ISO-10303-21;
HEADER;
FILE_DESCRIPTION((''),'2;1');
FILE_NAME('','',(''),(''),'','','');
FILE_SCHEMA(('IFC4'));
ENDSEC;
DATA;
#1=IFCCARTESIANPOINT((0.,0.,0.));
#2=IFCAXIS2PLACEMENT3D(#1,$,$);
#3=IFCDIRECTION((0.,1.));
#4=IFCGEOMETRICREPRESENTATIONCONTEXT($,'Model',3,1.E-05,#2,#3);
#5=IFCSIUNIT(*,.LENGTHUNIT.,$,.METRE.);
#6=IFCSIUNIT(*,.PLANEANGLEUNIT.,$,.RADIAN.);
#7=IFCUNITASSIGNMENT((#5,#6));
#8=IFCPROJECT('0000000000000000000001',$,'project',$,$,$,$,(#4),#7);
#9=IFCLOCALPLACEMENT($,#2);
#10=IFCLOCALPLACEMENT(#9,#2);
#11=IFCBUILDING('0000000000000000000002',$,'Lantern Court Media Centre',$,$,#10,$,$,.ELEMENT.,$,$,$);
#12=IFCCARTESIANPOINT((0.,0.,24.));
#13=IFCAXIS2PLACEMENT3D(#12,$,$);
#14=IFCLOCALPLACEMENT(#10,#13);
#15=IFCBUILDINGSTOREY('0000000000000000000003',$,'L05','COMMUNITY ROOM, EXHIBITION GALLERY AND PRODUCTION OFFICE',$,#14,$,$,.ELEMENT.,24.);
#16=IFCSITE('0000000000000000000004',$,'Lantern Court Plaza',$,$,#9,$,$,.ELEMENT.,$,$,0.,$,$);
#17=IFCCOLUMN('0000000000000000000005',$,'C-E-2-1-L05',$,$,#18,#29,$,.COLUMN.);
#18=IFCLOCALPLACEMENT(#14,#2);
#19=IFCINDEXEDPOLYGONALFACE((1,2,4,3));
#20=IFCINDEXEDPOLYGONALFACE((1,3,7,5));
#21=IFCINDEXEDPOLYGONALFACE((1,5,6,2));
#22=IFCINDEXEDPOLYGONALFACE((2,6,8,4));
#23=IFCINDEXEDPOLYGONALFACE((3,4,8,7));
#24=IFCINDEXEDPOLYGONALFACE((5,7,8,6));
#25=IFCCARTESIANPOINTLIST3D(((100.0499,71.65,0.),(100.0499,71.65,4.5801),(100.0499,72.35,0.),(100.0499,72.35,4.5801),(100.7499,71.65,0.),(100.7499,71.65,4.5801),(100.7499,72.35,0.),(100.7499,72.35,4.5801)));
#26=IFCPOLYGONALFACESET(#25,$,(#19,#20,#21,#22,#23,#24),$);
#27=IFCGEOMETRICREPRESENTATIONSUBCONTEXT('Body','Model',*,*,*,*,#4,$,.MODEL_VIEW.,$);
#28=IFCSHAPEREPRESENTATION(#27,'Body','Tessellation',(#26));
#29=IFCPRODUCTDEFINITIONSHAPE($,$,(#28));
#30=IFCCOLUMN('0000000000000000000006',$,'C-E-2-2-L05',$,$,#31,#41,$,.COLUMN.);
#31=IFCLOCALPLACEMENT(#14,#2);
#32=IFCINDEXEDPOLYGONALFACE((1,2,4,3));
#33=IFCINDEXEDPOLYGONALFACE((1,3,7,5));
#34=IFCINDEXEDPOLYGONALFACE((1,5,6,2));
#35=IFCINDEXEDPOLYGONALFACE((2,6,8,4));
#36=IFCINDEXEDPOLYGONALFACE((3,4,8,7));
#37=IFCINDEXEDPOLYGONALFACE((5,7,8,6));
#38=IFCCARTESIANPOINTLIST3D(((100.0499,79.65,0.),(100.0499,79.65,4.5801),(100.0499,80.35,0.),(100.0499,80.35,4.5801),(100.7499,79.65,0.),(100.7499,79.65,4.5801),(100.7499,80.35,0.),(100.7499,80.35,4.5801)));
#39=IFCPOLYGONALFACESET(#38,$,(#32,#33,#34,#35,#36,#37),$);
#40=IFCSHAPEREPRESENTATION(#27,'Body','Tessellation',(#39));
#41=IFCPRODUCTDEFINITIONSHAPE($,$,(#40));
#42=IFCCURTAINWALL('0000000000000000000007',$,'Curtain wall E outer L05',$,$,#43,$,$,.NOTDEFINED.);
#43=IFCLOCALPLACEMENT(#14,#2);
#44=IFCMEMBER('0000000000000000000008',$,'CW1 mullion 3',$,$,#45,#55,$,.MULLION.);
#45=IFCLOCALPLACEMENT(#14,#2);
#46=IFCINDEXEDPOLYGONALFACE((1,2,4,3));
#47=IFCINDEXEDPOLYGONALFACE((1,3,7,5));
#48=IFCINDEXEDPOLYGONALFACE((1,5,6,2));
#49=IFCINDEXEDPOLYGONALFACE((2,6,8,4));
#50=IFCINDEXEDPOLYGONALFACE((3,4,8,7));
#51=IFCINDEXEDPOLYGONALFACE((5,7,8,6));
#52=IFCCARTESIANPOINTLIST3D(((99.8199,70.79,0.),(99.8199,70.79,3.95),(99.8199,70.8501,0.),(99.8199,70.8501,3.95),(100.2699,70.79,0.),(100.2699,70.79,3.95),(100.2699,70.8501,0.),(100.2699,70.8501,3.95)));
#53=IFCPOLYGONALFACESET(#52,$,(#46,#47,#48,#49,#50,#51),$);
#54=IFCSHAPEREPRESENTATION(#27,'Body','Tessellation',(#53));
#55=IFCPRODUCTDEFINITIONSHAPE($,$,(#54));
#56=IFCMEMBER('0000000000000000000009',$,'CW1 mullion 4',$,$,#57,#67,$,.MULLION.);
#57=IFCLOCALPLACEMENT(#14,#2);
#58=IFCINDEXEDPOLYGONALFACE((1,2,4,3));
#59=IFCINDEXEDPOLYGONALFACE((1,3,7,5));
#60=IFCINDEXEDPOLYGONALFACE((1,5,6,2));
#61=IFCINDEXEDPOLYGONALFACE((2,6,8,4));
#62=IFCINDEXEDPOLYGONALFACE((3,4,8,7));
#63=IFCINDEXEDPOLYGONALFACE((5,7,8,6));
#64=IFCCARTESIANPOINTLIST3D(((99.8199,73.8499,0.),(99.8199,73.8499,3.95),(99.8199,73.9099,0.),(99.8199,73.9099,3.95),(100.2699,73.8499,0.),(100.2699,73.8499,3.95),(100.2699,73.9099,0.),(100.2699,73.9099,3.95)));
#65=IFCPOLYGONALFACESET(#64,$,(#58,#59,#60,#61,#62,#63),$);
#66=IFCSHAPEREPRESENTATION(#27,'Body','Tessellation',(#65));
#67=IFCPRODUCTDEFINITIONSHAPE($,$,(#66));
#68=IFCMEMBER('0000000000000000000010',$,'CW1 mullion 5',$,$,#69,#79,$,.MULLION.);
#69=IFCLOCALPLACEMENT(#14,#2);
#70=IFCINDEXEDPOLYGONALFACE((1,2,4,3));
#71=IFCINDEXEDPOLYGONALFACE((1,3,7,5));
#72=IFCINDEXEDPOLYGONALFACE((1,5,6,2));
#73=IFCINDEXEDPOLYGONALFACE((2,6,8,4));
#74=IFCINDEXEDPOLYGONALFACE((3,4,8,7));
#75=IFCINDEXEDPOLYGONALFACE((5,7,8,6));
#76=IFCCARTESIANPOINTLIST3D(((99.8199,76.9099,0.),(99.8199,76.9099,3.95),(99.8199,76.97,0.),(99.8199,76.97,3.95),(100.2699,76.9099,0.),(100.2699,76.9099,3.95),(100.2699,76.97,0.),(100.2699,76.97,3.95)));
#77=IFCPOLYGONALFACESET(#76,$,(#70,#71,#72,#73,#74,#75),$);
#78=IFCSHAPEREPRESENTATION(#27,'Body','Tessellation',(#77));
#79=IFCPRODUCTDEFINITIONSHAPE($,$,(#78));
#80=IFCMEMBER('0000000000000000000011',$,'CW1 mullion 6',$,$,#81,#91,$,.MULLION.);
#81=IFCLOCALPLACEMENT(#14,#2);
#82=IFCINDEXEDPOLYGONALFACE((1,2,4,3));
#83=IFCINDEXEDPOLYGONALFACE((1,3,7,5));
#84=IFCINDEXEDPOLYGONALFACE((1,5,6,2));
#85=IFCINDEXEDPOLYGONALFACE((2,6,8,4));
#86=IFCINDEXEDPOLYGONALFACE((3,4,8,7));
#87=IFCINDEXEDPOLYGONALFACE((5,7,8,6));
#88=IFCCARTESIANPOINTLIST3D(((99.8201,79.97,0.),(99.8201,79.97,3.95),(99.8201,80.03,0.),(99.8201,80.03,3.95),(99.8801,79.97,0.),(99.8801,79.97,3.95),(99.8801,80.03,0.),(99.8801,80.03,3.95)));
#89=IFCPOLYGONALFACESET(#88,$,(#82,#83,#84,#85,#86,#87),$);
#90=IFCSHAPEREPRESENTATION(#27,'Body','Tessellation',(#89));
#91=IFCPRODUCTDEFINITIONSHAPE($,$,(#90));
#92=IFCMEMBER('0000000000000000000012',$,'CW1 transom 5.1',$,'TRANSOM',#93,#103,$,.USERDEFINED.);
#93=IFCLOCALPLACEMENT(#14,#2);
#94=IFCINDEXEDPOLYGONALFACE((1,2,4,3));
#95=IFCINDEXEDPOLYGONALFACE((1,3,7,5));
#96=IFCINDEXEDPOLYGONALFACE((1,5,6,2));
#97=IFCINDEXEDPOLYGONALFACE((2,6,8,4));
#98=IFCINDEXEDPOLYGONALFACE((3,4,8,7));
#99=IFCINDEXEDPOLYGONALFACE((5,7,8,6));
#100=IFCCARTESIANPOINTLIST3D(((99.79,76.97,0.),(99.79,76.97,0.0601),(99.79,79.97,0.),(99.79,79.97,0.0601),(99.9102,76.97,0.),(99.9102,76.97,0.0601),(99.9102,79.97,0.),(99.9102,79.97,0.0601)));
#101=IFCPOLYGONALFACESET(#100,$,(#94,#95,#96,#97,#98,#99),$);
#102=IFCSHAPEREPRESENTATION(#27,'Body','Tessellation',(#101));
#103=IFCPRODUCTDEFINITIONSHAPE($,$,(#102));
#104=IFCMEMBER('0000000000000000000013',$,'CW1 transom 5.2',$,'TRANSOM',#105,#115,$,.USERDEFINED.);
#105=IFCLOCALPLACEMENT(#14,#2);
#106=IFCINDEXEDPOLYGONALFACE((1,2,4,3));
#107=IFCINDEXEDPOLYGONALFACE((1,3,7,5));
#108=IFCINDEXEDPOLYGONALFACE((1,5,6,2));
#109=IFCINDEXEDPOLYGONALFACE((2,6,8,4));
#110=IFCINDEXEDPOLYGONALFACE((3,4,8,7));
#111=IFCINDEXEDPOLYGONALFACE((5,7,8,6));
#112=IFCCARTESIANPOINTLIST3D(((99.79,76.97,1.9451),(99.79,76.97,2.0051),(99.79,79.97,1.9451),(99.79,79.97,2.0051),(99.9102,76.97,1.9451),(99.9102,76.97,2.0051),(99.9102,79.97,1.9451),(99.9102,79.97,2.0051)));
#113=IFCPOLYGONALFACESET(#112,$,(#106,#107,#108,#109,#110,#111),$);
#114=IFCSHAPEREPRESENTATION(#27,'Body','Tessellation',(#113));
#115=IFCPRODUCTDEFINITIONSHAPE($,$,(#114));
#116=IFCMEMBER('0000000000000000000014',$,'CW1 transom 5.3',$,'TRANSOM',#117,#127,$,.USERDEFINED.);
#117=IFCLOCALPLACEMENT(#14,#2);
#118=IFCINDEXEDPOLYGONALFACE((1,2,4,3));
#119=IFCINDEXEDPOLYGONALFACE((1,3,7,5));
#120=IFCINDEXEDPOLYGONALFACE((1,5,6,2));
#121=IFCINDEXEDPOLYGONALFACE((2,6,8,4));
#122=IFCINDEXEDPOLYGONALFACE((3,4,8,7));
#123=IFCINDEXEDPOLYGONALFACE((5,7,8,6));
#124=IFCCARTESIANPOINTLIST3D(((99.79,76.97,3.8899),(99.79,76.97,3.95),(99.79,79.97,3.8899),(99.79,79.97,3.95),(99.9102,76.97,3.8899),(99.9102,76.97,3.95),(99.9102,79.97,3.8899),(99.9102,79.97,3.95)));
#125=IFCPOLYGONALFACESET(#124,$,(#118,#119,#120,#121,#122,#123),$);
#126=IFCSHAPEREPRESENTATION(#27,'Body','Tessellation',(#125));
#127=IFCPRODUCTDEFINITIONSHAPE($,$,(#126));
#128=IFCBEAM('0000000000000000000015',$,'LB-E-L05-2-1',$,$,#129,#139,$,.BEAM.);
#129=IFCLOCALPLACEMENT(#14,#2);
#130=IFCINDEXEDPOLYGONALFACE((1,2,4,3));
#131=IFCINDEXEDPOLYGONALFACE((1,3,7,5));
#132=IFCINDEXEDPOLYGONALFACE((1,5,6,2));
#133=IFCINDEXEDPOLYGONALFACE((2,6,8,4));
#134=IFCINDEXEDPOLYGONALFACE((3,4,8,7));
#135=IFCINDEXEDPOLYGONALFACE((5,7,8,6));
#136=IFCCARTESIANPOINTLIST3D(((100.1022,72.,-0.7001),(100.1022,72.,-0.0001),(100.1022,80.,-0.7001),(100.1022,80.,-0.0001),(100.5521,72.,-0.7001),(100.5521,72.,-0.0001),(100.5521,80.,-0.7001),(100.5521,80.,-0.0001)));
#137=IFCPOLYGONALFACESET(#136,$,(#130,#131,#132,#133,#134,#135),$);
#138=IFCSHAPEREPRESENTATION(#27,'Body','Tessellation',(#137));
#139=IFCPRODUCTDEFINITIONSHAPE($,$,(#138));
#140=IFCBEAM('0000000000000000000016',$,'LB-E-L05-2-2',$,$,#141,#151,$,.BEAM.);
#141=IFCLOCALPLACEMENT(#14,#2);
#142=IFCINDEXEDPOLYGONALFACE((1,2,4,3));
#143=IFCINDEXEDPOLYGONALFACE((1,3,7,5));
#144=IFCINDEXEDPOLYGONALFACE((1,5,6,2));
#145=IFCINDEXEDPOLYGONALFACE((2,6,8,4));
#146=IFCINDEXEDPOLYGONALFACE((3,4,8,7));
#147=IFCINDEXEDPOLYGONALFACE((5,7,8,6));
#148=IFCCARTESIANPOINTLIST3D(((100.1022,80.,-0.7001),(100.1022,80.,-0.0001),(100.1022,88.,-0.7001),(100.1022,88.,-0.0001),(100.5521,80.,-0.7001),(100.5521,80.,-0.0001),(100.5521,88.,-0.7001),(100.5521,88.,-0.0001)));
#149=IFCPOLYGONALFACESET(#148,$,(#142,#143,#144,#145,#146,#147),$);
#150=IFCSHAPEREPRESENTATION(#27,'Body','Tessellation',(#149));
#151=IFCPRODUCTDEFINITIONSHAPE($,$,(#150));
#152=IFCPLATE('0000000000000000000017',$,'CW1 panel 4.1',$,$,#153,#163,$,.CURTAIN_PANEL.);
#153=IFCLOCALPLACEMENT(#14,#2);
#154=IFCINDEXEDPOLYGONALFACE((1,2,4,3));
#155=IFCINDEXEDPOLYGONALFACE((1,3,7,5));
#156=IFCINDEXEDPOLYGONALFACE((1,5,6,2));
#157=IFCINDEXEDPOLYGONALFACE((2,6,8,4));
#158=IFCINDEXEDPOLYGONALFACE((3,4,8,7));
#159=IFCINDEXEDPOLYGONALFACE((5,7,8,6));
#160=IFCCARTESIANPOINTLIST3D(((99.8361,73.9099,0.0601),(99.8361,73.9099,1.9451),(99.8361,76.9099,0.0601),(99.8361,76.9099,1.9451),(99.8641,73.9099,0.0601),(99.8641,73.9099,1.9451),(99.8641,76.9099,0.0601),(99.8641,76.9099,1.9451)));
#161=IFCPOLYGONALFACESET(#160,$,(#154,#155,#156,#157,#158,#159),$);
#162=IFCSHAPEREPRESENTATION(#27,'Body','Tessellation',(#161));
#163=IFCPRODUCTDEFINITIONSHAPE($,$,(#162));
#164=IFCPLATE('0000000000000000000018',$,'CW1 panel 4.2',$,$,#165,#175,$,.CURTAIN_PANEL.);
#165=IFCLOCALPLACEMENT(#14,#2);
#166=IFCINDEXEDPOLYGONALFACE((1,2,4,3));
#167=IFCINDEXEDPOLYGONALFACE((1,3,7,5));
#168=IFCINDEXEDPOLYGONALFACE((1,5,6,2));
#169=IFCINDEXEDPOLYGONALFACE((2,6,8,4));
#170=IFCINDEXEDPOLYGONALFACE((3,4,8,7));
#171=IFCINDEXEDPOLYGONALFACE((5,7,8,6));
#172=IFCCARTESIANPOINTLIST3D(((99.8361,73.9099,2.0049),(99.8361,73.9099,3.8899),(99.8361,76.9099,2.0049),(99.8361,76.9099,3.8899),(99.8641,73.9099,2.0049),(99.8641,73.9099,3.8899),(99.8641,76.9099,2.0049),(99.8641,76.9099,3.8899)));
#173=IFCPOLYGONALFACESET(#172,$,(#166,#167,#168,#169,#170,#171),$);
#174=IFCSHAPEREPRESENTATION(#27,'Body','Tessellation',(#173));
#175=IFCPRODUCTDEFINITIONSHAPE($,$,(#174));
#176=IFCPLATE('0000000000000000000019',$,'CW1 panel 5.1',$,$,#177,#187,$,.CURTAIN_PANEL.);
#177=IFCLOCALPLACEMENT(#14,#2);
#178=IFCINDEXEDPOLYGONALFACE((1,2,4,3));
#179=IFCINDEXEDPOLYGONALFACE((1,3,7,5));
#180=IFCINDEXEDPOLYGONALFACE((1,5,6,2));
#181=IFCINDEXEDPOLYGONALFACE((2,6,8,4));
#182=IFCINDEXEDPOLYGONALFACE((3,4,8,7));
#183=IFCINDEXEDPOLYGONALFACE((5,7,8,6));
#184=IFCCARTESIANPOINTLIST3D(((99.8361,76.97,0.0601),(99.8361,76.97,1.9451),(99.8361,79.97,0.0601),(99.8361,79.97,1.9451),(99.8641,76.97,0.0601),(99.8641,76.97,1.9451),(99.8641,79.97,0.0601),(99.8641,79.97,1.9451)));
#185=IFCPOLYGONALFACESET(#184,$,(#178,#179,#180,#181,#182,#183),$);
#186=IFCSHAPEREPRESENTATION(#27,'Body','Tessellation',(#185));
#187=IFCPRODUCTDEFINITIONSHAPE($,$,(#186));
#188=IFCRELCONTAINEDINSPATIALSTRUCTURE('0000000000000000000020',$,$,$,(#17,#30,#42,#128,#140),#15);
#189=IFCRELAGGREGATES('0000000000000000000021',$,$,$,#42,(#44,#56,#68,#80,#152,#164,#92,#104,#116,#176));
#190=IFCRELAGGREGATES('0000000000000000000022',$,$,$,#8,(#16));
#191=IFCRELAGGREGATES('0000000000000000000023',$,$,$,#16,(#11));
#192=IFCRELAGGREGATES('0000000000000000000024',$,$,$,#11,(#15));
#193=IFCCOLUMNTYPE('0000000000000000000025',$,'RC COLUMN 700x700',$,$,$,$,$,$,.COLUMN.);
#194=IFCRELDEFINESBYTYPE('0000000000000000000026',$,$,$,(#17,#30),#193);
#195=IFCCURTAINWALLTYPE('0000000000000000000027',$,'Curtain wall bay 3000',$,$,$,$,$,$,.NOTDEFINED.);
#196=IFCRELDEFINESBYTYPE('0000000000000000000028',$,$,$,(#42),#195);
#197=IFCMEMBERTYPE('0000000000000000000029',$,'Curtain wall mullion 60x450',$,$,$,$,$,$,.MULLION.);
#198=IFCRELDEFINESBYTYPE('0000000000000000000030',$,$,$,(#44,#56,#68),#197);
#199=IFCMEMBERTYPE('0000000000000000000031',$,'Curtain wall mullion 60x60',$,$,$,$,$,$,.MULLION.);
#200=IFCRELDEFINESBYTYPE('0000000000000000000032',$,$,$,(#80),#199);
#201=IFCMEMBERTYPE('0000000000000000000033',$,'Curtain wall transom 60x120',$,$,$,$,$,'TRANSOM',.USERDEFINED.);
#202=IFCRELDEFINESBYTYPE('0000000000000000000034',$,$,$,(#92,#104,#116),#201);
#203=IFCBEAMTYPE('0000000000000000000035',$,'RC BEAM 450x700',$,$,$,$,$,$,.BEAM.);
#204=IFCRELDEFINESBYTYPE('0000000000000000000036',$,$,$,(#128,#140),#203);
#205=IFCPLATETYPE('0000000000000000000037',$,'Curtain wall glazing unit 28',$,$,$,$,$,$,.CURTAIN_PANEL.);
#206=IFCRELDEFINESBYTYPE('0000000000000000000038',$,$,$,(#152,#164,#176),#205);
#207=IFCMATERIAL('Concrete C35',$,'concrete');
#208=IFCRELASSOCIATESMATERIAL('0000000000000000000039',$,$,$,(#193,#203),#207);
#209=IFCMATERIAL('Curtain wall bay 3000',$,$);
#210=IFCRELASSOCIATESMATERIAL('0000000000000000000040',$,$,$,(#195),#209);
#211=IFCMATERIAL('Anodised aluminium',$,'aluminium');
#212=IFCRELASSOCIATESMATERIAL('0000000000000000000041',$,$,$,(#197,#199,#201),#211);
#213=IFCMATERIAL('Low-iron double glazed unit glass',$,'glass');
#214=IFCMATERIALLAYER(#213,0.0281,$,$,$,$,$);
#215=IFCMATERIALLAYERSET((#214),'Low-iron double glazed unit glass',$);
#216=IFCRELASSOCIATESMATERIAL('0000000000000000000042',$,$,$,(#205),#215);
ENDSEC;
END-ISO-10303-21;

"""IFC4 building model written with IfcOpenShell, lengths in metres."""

from ifc_helpers import new_model, si_unit, direction, frame, origin, origin_2d, place, context, subcontext, project, spatial, rectangle, extrude, material, layer, layer_set, material_profile, profile_set, type_object, element, aggregate, save


model = new_model("IFC4")

# Units and contexts
model_context = context("Model", 3, precision=1e-05, world=origin(), true_north=direction((0.0, 1.0)))
body_context = subcontext(model_context, "Body", "Model", "MODEL_VIEW")
ifc_project = project(units=[si_unit("LENGTHUNIT", "METRE"), si_unit("PLANEANGLEUNIT", "RADIAN")], contexts=[model_context])

# Site, building, storey
site_placement = place(None, origin())
site = spatial("IfcSite", under=ifc_project, at=site_placement, Name="Lantern Court Plaza", CompositionType="ELEMENT", RefElevation=0.0)
building_placement = place(site_placement, origin())
building = spatial("IfcBuilding", under=site, at=building_placement, Name="Lantern Court Media Centre", CompositionType="ELEMENT")
storey_placement = place(building_placement, frame((0.0, 0.0, 24.0)))
storey = spatial("IfcBuildingStorey", under=building, at=storey_placement, Name="L05", Description="COMMUNITY ROOM, EXHIBITION GALLERY AND PRODUCTION OFFICE", CompositionType="ELEMENT", Elevation=24.0)

# Columns
ifc_material_1 = material(Name="Concrete C35", Category="concrete")
ifc_material_profile_1 = material_profile(ifc_material_1, rectangle(XDim=0.7, YDim=0.7, at=origin_2d()), Name="RC 700x700")
ifc_profile_set_1 = profile_set([ifc_material_profile_1], Name="Concrete C35")
column_type = type_object("IfcColumnType", Name="RC COLUMN 700x700", PredefinedType="COLUMN", material=ifc_profile_set_1)
for number, where, z_axis, x_axis, name in (
    (1, (100.3999, 72.0, 0.0), (0.0, 0.0, 1.0), (1.0, 0.0, 0.0), "C-E-2-1-L05"),
    (2, (100.3999, 80.0, 0.0), (0.0, 0.0, 1.0), (1.0, 0.0, 0.0), "C-E-2-2-L05"),
):
    element("IfcColumn", number, at=place(storey_placement, frame(where, z_axis=z_axis, x_axis=x_axis)), inside=storey, type_object=column_type, Name=name, PredefinedType="COLUMN", context=body_context, shape_type="SweptSolid", body=[
        extrude(rectangle(XDim=0.7, YDim=0.7, at=origin_2d()), origin(), (0.0, 0.0, 1.0), 4.5801),
    ])

# Curtain wall, members
ifc_material_2 = material(Name="Curtain wall bay 3000")
curtain_wall_type = type_object("IfcCurtainWallType", Name="Curtain wall bay 3000", PredefinedType="NOTDEFINED", material=ifc_material_2)
curtain_wall_placement = place(storey_placement, origin())
curtain_wall = element("IfcCurtainWall", 3, at=curtain_wall_placement, inside=storey, type_object=curtain_wall_type, Name="Curtain wall E outer L05", PredefinedType="NOTDEFINED")
ifc_material_3 = material(Name="Anodised aluminium", Category="aluminium")
ifc_material_profile_2 = material_profile(ifc_material_3, rectangle(XDim=0.45, YDim=0.0601, at=origin_2d()), Name="AL 60x450")
ifc_profile_set_2 = profile_set([ifc_material_profile_2], Name="Anodised aluminium")
member_type_1 = type_object("IfcMemberType", Name="Curtain wall mullion 60x450", PredefinedType="MULLION", material=ifc_profile_set_2)
member_1_placement = place(storey_placement, frame((100.0449, 70.8201, 0.0), z_axis=(0.0, 0.0, 1.0), x_axis=(-1.0, 0.0, 0.0)))
member_1 = element("IfcMember", 4, at=member_1_placement, type_object=member_type_1, Name="CW1 mullion 3", PredefinedType="MULLION", context=body_context, shape_type="SweptSolid", body=[
    extrude(rectangle(XDim=0.45, YDim=0.0601, at=origin_2d()), origin(), (0.0, 0.0, 1.0), 3.95),
])
member_2_placement = place(storey_placement, frame((100.0449, 73.8799, 0.0), z_axis=(0.0, 0.0, 1.0), x_axis=(-1.0, 0.0, 0.0)))
member_2 = element("IfcMember", 5, at=member_2_placement, type_object=member_type_1, Name="CW1 mullion 4", PredefinedType="MULLION", context=body_context, shape_type="SweptSolid", body=[
    extrude(rectangle(XDim=0.45, YDim=0.0601, at=origin_2d()), origin(), (0.0, 0.0, 1.0), 3.95),
])
member_3_placement = place(storey_placement, frame((100.0449, 76.9399, 0.0), z_axis=(0.0, 0.0, 1.0), x_axis=(-1.0, 0.0, 0.0)))
member_3 = element("IfcMember", 6, at=member_3_placement, type_object=member_type_1, Name="CW1 mullion 5", PredefinedType="MULLION", context=body_context, shape_type="SweptSolid", body=[
    extrude(rectangle(XDim=0.45, YDim=0.0601, at=origin_2d()), origin(), (0.0, 0.0, 1.0), 3.95),
])
ifc_material_profile_3 = material_profile(ifc_material_3, rectangle(XDim=0.0601, YDim=0.0601, at=origin_2d()), Name="AL 60x60")
ifc_profile_set_3 = profile_set([ifc_material_profile_3], Name="Anodised aluminium")
member_type_2 = type_object("IfcMemberType", Name="Curtain wall mullion 60x60", PredefinedType="MULLION", material=ifc_profile_set_3)
member_4_placement = place(storey_placement, frame((99.8501, 80.0, 0.0), z_axis=(0.0, 0.0, 1.0), x_axis=(-1.0, 0.0, 0.0)))
member_4 = element("IfcMember", 7, at=member_4_placement, type_object=member_type_2, Name="CW1 mullion 6", PredefinedType="MULLION", context=body_context, shape_type="SweptSolid", body=[
    extrude(rectangle(XDim=0.0601, YDim=0.0601, at=origin_2d()), origin(), (0.0, 0.0, 1.0), 3.95),
])
ifc_material_profile_4 = material_profile(ifc_material_3, rectangle(XDim=0.1201, YDim=0.0601, at=origin_2d()), Name="AL 60x120")
ifc_profile_set_4 = profile_set([ifc_material_profile_4], Name="Anodised aluminium")
member_type_3 = type_object("IfcMemberType", Name="Curtain wall transom 60x120", ElementType="TRANSOM", PredefinedType="USERDEFINED", material=ifc_profile_set_4)
member_5_placement = place(storey_placement, frame((99.8501, 76.97, 0.03), z_axis=(0.0, 1.0, 0.0), x_axis=(-1.0, 0.0, 0.0)))
member_5 = element("IfcMember", 8, at=member_5_placement, type_object=member_type_3, Name="CW1 transom 5.1", ObjectType="TRANSOM", PredefinedType="USERDEFINED", context=body_context, shape_type="SweptSolid", body=[
    extrude(rectangle(XDim=0.1201, YDim=0.0601, at=origin_2d()), origin(), (0.0, 0.0, 1.0), 3.0),
])
member_6_placement = place(storey_placement, frame((99.8501, 76.97, 1.9751), z_axis=(0.0, 1.0, 0.0), x_axis=(-1.0, 0.0, 0.0)))
member_6 = element("IfcMember", 9, at=member_6_placement, type_object=member_type_3, Name="CW1 transom 5.2", ObjectType="TRANSOM", PredefinedType="USERDEFINED", context=body_context, shape_type="SweptSolid", body=[
    extrude(rectangle(XDim=0.1201, YDim=0.0601, at=origin_2d()), origin(), (0.0, 0.0, 1.0), 3.0),
])
member_7_placement = place(storey_placement, frame((99.8501, 76.97, 3.9199), z_axis=(0.0, 1.0, 0.0), x_axis=(-1.0, 0.0, 0.0)))
member_7 = element("IfcMember", 10, at=member_7_placement, type_object=member_type_3, Name="CW1 transom 5.3", ObjectType="TRANSOM", PredefinedType="USERDEFINED", context=body_context, shape_type="SweptSolid", body=[
    extrude(rectangle(XDim=0.1201, YDim=0.0601, at=origin_2d()), origin(), (0.0, 0.0, 1.0), 3.0),
])

# Beams
ifc_material_profile_5 = material_profile(ifc_material_1, rectangle(XDim=0.45, YDim=0.7, at=origin_2d()), Name="RC 450x700")
ifc_profile_set_5 = profile_set([ifc_material_profile_5], Name="Concrete C35")
beam_type = type_object("IfcBeamType", Name="RC BEAM 450x700", PredefinedType="BEAM", material=ifc_profile_set_5)
for number, where, z_axis, x_axis, name in (
    (11, (100.3271, 72.0, -0.3501), (0.0, 1.0, 0.0), (-1.0, 0.0, 0.0), "LB-E-L05-2-1"),
    (12, (100.3271, 80.0, -0.3501), (0.0, 1.0, 0.0), (-1.0, 0.0, 0.0), "LB-E-L05-2-2"),
):
    element("IfcBeam", number, at=place(storey_placement, frame(where, z_axis=z_axis, x_axis=x_axis)), inside=storey, type_object=beam_type, Name=name, PredefinedType="BEAM", context=body_context, shape_type="SweptSolid", body=[
        extrude(rectangle(XDim=0.45, YDim=0.7, at=origin_2d()), origin(), (0.0, 0.0, 1.0), 8.0),
    ])

# Plates
ifc_material_4 = material(Name="Low-iron double glazed unit glass", Category="glass")
ifc_layer_1 = layer(ifc_material_4, 0.0281)
ifc_layer_set_1 = layer_set([ifc_layer_1], Name="Low-iron double glazed unit glass")
plate_type = type_object("IfcPlateType", Name="Curtain wall glazing unit 28", PredefinedType="CURTAIN_PANEL", material=ifc_layer_set_1)
plate_1_placement = place(storey_placement, frame((99.8501, 75.4099, 0.0601), z_axis=(0.0, 0.0, 1.0), x_axis=(0.0, 1.0, 0.0)))
plate_1 = element("IfcPlate", 13, at=plate_1_placement, type_object=plate_type, Name="CW1 panel 4.1", PredefinedType="CURTAIN_PANEL", context=body_context, shape_type="SweptSolid", body=[
    extrude(rectangle(XDim=3.0, YDim=0.0281, at=origin_2d()), origin(), (0.0, 0.0, 1.0), 1.885),
])
plate_2_placement = place(storey_placement, frame((99.8501, 75.4099, 2.0049), z_axis=(0.0, 0.0, 1.0), x_axis=(0.0, 1.0, 0.0)))
plate_2 = element("IfcPlate", 14, at=plate_2_placement, type_object=plate_type, Name="CW1 panel 4.2", PredefinedType="CURTAIN_PANEL", context=body_context, shape_type="SweptSolid", body=[
    extrude(rectangle(XDim=3.0, YDim=0.0281, at=origin_2d()), origin(), (0.0, 0.0, 1.0), 1.885),
])
plate_3_placement = place(storey_placement, frame((99.8501, 78.47, 0.0601), z_axis=(0.0, 0.0, 1.0), x_axis=(0.0, 1.0, 0.0)))
plate_3 = element("IfcPlate", 15, at=plate_3_placement, type_object=plate_type, Name="CW1 panel 5.1", PredefinedType="CURTAIN_PANEL", context=body_context, shape_type="SweptSolid", body=[
    extrude(rectangle(XDim=3.0, YDim=0.0281, at=origin_2d()), origin(), (0.0, 0.0, 1.0), 1.885),
])
aggregate(curtain_wall, [member_1, member_2, member_3, member_4, plate_1, plate_2, member_5, member_6, member_7, plate_3])

save(model, "model.ifc")
